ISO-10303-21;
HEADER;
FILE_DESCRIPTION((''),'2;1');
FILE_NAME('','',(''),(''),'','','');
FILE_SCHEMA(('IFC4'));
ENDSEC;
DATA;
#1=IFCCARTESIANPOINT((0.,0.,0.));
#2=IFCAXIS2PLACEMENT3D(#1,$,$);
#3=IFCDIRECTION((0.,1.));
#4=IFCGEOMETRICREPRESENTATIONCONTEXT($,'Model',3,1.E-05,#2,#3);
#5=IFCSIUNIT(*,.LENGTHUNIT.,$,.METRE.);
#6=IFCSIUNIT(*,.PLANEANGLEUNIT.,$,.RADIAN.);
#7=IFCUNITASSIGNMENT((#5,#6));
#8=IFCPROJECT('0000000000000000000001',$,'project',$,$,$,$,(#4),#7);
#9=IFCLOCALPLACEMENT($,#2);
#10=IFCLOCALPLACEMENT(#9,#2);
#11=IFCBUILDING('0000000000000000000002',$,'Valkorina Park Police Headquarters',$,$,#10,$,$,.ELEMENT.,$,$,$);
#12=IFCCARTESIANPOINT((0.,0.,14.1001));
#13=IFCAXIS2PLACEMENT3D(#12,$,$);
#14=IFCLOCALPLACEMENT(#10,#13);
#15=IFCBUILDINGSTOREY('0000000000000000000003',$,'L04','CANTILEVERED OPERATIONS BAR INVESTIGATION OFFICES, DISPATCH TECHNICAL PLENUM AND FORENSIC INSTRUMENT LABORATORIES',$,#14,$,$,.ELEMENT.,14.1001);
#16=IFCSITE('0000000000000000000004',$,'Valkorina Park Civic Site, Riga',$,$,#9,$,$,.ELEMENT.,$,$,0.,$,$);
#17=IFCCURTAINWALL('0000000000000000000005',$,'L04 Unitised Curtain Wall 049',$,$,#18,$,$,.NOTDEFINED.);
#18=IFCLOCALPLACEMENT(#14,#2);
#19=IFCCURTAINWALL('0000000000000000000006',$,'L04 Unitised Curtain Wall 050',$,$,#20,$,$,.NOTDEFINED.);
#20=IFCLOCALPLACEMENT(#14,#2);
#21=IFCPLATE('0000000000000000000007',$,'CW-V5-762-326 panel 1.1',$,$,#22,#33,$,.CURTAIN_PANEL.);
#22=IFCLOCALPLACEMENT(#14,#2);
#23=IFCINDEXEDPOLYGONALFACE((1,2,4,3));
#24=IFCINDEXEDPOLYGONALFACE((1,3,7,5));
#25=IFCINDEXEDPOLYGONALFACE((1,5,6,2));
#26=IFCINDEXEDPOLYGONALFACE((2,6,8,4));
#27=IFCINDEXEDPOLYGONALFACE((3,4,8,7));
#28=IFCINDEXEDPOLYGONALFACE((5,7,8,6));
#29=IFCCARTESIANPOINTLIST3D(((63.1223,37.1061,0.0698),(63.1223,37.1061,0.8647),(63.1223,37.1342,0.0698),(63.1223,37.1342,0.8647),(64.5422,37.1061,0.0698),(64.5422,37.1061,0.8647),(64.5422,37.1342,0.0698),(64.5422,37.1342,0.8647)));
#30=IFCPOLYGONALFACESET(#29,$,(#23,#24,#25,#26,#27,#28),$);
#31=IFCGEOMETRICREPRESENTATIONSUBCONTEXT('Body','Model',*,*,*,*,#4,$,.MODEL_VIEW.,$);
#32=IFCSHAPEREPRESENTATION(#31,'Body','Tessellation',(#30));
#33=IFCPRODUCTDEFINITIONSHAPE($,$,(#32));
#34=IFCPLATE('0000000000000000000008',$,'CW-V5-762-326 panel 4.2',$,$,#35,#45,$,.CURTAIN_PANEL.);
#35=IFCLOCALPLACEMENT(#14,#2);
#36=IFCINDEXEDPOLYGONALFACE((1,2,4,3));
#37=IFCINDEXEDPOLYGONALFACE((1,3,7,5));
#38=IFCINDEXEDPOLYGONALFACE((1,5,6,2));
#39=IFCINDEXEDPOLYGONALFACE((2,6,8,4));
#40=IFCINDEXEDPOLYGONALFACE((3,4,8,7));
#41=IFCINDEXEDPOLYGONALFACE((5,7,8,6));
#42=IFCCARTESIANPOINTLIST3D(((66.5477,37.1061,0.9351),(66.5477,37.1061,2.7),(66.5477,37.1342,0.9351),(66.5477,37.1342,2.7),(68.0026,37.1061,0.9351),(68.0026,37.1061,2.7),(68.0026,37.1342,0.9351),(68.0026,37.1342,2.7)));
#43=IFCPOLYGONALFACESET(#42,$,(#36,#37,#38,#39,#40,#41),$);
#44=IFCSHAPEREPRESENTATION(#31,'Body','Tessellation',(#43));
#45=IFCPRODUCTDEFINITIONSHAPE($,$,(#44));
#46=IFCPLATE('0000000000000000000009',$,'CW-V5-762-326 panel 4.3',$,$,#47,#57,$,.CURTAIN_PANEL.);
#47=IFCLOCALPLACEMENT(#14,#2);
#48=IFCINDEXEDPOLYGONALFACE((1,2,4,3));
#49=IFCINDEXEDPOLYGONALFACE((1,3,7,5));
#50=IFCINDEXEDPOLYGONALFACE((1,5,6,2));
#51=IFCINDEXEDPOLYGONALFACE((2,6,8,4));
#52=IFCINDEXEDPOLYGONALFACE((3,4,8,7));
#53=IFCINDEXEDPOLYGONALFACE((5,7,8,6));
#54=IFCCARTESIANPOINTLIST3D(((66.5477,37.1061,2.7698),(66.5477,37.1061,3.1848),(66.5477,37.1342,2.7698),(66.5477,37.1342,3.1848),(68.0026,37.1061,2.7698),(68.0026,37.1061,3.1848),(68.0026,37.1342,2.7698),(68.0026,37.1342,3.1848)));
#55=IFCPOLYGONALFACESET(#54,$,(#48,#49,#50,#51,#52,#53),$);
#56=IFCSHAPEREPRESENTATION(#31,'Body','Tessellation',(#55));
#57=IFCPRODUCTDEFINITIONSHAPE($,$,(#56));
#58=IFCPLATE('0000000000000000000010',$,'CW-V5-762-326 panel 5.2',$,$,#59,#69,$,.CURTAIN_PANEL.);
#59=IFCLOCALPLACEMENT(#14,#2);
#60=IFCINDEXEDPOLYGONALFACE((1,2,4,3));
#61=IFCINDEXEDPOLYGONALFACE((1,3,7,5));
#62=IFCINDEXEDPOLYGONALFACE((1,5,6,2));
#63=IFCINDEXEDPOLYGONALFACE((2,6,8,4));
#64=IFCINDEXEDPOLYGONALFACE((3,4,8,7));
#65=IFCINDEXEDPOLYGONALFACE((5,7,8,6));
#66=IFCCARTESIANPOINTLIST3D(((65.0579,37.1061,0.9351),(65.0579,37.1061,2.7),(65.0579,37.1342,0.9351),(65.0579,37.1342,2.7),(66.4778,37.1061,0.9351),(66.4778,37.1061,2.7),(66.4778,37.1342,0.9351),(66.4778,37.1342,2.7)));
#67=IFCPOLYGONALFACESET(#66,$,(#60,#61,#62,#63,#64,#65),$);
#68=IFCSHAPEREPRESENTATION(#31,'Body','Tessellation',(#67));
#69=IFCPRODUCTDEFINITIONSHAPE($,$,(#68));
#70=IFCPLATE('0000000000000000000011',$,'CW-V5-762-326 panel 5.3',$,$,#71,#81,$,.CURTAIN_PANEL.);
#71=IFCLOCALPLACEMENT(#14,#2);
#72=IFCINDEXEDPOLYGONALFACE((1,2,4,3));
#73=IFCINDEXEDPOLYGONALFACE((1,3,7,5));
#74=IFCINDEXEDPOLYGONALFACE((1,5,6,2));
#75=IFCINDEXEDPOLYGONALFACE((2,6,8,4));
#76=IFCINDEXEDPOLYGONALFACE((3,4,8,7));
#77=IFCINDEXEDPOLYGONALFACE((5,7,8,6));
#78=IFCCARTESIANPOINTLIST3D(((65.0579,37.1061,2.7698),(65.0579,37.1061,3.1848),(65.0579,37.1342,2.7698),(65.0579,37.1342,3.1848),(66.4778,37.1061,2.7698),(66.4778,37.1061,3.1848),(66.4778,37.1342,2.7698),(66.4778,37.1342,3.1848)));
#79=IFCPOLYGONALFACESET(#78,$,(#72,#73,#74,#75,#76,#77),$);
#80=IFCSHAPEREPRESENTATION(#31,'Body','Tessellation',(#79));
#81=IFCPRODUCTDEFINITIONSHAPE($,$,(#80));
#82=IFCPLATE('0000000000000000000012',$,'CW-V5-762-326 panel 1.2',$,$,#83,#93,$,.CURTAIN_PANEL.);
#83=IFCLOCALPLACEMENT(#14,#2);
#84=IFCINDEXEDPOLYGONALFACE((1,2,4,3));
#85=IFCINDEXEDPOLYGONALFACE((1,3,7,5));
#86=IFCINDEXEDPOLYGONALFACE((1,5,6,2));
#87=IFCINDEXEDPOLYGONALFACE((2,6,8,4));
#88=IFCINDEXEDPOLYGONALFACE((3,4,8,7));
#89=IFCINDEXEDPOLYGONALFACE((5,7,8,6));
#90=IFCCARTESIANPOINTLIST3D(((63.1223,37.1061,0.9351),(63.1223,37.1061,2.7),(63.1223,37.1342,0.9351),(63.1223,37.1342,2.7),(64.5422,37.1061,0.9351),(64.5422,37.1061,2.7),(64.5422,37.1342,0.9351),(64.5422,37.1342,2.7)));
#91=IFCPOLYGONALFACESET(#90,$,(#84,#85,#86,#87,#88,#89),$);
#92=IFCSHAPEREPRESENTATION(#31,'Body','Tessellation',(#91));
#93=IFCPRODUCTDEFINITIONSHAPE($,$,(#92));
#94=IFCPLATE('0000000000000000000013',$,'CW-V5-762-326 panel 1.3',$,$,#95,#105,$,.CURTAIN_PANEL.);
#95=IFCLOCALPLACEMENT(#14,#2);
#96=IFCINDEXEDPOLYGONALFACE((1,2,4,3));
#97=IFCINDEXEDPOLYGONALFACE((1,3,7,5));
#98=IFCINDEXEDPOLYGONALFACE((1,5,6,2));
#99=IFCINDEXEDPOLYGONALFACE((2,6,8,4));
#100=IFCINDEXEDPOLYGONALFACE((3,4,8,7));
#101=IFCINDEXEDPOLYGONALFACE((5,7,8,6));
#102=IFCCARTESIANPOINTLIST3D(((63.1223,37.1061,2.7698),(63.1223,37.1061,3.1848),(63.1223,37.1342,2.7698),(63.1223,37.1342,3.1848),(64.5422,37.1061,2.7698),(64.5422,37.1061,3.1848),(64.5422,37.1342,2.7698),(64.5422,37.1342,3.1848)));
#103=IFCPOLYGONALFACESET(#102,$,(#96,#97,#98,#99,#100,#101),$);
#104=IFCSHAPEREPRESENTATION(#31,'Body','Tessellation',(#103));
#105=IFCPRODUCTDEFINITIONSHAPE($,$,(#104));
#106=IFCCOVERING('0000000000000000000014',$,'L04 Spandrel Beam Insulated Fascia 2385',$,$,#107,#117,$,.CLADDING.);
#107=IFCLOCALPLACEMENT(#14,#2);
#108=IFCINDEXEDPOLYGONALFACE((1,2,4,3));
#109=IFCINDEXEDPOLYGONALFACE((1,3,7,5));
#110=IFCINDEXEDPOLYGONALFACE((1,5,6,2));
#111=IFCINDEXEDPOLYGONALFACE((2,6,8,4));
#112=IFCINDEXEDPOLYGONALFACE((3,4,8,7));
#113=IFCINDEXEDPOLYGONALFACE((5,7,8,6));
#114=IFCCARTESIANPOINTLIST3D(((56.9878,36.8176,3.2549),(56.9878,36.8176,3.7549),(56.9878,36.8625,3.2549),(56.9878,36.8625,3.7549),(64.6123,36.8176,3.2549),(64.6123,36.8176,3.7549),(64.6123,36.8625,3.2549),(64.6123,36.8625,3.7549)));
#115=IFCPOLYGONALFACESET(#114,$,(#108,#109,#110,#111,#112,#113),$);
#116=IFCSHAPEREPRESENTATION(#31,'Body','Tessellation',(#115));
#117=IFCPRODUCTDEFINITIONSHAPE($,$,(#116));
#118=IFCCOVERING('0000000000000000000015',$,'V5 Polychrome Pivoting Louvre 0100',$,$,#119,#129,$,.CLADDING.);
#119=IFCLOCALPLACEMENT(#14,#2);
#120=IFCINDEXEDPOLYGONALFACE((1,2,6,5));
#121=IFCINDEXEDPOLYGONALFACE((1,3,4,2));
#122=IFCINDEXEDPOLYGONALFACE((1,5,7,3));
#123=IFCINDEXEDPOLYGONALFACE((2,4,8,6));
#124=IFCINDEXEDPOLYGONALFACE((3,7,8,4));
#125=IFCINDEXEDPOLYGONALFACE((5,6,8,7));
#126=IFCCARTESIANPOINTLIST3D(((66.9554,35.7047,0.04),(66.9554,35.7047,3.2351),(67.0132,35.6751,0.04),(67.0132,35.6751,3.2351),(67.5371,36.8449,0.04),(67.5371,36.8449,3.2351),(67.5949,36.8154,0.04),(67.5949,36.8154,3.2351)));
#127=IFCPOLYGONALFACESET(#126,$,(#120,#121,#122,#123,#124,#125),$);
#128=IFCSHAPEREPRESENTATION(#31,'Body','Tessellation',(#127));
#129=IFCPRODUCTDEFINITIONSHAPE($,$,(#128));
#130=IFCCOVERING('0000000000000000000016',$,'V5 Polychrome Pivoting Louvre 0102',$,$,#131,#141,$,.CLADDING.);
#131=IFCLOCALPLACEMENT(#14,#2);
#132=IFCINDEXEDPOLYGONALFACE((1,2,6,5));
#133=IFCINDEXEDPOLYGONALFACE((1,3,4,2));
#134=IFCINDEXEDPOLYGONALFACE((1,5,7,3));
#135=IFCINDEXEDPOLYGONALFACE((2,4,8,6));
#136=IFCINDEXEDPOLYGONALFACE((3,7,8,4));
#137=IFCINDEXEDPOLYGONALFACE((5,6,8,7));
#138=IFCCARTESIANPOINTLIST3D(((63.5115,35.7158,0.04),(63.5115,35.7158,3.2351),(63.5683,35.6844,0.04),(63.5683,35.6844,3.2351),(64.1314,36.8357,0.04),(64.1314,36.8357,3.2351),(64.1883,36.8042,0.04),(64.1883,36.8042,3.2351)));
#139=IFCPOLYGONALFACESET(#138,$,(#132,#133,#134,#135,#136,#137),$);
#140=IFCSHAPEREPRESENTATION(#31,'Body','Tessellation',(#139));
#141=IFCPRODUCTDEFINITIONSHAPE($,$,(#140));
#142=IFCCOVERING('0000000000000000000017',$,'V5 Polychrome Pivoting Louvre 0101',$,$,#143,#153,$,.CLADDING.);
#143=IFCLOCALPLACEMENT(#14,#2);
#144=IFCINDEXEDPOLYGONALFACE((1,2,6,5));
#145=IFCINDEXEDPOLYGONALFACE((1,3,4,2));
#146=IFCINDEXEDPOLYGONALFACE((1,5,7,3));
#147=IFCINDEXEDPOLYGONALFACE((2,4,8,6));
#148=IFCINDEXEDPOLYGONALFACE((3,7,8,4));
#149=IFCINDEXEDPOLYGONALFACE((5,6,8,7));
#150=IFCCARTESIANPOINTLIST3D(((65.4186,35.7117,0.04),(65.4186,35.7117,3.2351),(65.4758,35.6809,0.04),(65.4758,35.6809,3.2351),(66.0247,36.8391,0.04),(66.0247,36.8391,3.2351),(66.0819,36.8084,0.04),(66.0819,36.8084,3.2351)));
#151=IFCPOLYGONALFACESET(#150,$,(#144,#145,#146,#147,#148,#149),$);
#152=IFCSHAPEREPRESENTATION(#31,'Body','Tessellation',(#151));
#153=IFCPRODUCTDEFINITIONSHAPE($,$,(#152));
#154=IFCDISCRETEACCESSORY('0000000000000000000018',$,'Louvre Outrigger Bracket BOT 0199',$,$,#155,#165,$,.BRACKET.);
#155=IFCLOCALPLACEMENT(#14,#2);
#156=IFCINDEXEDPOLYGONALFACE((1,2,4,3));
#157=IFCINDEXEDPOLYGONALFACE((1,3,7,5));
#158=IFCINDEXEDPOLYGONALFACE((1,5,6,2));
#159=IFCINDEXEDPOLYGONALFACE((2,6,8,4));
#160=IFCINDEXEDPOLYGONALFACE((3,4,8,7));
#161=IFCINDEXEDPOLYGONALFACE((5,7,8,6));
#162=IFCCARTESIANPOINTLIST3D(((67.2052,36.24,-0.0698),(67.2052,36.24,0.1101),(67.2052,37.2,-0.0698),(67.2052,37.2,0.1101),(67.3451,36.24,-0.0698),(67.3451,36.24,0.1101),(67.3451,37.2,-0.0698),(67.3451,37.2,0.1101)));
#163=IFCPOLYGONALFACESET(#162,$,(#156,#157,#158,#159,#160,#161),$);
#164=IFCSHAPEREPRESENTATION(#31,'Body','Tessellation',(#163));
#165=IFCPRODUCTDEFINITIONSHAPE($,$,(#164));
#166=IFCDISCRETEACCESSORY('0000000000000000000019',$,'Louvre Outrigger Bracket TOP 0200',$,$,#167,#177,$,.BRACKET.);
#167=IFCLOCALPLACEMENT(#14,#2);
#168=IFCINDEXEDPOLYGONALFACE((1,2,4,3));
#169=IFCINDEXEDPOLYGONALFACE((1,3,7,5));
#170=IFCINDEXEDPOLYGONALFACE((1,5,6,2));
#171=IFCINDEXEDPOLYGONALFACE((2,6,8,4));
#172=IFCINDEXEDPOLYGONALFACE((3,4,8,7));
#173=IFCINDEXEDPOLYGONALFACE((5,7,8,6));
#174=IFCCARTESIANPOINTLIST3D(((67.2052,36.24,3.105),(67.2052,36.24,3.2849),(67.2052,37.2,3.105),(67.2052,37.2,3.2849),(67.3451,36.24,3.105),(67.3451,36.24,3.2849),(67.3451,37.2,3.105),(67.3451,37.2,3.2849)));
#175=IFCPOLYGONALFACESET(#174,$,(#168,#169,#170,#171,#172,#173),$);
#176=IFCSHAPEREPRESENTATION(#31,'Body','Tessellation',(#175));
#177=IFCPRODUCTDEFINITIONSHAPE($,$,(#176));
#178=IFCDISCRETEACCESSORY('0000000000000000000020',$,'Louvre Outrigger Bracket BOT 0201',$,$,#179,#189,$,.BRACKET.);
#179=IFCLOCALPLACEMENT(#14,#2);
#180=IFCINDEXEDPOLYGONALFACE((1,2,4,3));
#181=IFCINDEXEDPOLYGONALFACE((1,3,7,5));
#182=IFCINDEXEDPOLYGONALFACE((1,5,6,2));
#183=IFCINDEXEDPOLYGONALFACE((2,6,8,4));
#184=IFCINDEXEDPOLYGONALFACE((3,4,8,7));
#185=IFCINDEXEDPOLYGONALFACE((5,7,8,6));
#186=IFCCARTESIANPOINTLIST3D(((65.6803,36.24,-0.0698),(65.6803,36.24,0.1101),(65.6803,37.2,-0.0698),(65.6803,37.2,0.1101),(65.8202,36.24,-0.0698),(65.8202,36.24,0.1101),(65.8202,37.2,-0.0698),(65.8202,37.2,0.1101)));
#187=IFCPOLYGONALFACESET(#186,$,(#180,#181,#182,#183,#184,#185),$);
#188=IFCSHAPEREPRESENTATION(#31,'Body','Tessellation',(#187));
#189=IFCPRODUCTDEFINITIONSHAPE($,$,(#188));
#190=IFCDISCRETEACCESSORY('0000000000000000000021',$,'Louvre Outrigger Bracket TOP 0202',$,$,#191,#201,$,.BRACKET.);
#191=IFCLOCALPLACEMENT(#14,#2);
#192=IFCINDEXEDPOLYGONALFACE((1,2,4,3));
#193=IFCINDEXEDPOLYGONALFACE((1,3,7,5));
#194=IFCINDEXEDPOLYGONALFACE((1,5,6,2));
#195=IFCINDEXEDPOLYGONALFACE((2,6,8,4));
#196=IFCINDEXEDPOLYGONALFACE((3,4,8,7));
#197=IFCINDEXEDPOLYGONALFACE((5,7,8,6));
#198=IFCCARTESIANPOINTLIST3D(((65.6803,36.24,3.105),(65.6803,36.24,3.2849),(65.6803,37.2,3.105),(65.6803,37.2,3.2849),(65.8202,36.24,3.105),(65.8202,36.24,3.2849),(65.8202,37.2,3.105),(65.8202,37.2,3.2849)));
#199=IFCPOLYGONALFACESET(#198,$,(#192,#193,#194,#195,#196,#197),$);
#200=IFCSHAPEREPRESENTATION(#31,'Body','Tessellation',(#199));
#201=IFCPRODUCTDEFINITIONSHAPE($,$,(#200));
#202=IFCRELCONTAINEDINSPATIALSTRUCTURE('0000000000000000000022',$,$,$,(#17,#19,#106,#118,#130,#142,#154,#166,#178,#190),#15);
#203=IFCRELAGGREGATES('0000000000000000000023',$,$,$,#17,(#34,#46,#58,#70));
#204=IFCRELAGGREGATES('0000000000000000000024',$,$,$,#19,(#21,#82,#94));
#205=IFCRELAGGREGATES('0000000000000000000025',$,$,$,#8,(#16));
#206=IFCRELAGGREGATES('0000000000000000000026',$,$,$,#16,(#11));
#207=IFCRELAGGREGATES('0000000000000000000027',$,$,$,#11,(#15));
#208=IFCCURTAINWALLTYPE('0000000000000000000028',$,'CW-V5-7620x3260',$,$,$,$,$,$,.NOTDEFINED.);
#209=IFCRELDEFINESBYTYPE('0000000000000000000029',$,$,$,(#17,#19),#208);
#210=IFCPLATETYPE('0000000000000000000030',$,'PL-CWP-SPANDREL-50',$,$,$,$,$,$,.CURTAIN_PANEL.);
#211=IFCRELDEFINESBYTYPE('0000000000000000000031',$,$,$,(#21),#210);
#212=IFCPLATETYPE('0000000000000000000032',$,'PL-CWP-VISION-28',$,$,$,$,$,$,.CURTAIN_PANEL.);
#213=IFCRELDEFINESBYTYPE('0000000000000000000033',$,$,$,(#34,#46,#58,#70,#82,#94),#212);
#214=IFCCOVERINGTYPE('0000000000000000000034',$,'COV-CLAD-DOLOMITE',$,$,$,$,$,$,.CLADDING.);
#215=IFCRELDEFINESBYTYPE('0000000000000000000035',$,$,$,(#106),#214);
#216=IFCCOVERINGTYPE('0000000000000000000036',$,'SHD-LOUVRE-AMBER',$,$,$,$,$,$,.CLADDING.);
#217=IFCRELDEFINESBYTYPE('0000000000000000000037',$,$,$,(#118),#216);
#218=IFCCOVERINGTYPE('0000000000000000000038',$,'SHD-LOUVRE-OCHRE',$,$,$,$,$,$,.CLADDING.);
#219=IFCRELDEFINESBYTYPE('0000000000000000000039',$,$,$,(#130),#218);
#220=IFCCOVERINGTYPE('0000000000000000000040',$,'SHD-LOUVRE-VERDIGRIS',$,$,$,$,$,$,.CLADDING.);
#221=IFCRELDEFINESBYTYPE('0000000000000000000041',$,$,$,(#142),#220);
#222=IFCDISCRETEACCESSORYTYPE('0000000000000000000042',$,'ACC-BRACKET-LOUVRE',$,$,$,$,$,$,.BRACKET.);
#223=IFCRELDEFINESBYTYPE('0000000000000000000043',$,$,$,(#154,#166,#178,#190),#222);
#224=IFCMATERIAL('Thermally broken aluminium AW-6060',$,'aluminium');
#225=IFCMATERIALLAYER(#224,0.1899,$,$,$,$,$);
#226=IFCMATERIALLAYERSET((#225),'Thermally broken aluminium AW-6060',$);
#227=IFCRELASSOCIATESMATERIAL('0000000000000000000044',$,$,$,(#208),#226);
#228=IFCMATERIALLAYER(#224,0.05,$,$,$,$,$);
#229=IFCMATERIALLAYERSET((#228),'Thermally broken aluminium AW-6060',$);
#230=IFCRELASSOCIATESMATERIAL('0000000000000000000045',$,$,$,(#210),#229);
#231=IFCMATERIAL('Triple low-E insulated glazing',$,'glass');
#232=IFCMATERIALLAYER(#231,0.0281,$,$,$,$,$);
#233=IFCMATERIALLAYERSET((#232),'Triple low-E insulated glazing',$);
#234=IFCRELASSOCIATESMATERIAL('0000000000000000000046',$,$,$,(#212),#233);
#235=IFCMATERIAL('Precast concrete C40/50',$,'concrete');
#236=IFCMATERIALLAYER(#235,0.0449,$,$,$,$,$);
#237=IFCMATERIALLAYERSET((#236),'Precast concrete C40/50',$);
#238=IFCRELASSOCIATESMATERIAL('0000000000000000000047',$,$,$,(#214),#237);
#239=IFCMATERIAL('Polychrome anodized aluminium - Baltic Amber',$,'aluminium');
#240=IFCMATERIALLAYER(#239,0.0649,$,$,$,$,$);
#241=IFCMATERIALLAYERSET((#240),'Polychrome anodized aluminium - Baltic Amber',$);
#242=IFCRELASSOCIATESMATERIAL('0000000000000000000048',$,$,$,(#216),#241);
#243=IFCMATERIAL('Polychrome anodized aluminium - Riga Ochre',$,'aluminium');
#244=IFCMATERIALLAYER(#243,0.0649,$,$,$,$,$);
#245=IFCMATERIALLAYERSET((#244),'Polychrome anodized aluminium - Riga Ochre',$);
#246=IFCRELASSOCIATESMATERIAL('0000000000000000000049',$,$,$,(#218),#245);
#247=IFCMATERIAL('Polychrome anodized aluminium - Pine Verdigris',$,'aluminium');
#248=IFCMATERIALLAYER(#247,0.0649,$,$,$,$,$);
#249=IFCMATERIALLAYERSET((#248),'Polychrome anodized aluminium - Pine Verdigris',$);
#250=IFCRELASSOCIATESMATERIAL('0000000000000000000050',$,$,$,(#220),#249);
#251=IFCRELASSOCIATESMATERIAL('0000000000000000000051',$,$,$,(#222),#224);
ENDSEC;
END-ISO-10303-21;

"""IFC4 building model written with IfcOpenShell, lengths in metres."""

from ifc_helpers import new_model, si_unit, direction, frame, frame_2d, origin, origin_2d, place, context, subcontext, project, spatial, rectangle, extrude, material, layer, layer_set, type_object, element, aggregate, save


model = new_model("IFC4")

# Units and contexts
model_context = context("Model", 3, precision=1e-05, world=origin(), true_north=direction((0.0, 1.0)))
body_context = subcontext(model_context, "Body", "Model", "MODEL_VIEW")
ifc_project = project(units=[si_unit("LENGTHUNIT", "METRE"), si_unit("PLANEANGLEUNIT", "RADIAN")], contexts=[model_context])

# Site, building, storey
site_placement = place(None, origin())
site = spatial("IfcSite", under=ifc_project, at=site_placement, Name="Valkorina Park Civic Site, Riga", CompositionType="ELEMENT", RefElevation=0.0)
building_placement = place(site_placement, origin())
building = spatial("IfcBuilding", under=site, at=building_placement, Name="Valkorina Park Police Headquarters", CompositionType="ELEMENT")
storey_placement = place(building_placement, frame((0.0, 0.0, 14.1001)))
storey = spatial("IfcBuildingStorey", under=building, at=storey_placement, Name="L04", Description="CANTILEVERED OPERATIONS BAR INVESTIGATION OFFICES, DISPATCH TECHNICAL PLENUM AND FORENSIC INSTRUMENT LABORATORIES", CompositionType="ELEMENT", Elevation=14.1001)

# Curtain walls
ifc_material_1 = material(Name="Thermally broken aluminium AW-6060", Category="aluminium")
ifc_layer_1 = layer(ifc_material_1, 0.1899)
ifc_layer_set_1 = layer_set([ifc_layer_1], Name="Thermally broken aluminium AW-6060")
curtain_wall_type = type_object("IfcCurtainWallType", Name="CW-V5-7620x3260", PredefinedType="NOTDEFINED", material=ifc_layer_set_1)
curtain_wall_1_placement = place(storey_placement, origin())
curtain_wall_1 = element("IfcCurtainWall", 1, at=curtain_wall_1_placement, inside=storey, type_object=curtain_wall_type, Name="L04 Unitised Curtain Wall 049", PredefinedType="NOTDEFINED")
curtain_wall_2_placement = place(storey_placement, origin())
curtain_wall_2 = element("IfcCurtainWall", 2, at=curtain_wall_2_placement, inside=storey, type_object=curtain_wall_type, Name="L04 Unitised Curtain Wall 050", PredefinedType="NOTDEFINED")

# Plates
ifc_layer_2 = layer(ifc_material_1, 0.05)
ifc_layer_set_2 = layer_set([ifc_layer_2], Name="Thermally broken aluminium AW-6060")
plate_type_1 = type_object("IfcPlateType", Name="PL-CWP-SPANDREL-50", PredefinedType="CURTAIN_PANEL", material=ifc_layer_set_2)
plate_1_placement = place(storey_placement, frame((63.8323, 37.1201, 0.0698), z_axis=(0.0, 0.0, 1.0), x_axis=(-1.0, 0.0, 0.0)))
plate_1 = element("IfcPlate", 3, at=plate_1_placement, type_object=plate_type_1, Name="CW-V5-762-326 panel 1.1", PredefinedType="CURTAIN_PANEL", context=body_context, shape_type="SweptSolid", body=[
    extrude(rectangle(XDim=1.4199, YDim=0.0281, at=origin_2d()), origin(), (0.0, 0.0, 1.0), 0.7949),
])
ifc_material_2 = material(Name="Triple low-E insulated glazing", Category="glass")
ifc_layer_3 = layer(ifc_material_2, 0.0281)
ifc_layer_set_3 = layer_set([ifc_layer_3], Name="Triple low-E insulated glazing")
plate_type_2 = type_object("IfcPlateType", Name="PL-CWP-VISION-28", PredefinedType="CURTAIN_PANEL", material=ifc_layer_set_3)
plate_2_placement = place(storey_placement, frame((67.2751, 37.1201, 0.9351), z_axis=(0.0, 0.0, 1.0), x_axis=(-1.0, 0.0, 0.0)))
plate_2 = element("IfcPlate", 4, at=plate_2_placement, type_object=plate_type_2, Name="CW-V5-762-326 panel 4.2", PredefinedType="CURTAIN_PANEL", context=body_context, shape_type="SweptSolid", body=[
    extrude(rectangle(XDim=1.4548, YDim=0.0281, at=origin_2d()), origin(), (0.0, 0.0, 1.0), 1.7649),
])
plate_3_placement = place(storey_placement, frame((67.2751, 37.1201, 2.7698), z_axis=(0.0, 0.0, 1.0), x_axis=(-1.0, 0.0, 0.0)))
plate_3 = element("IfcPlate", 5, at=plate_3_placement, type_object=plate_type_2, Name="CW-V5-762-326 panel 4.3", PredefinedType="CURTAIN_PANEL", context=body_context, shape_type="SweptSolid", body=[
    extrude(rectangle(XDim=1.4548, YDim=0.0281, at=origin_2d()), origin(), (0.0, 0.0, 1.0), 0.415),
])
plate_4_placement = place(storey_placement, frame((65.7678, 37.1201, 0.9351), z_axis=(0.0, 0.0, 1.0), x_axis=(-1.0, 0.0, 0.0)))
plate_4 = element("IfcPlate", 6, at=plate_4_placement, type_object=plate_type_2, Name="CW-V5-762-326 panel 5.2", PredefinedType="CURTAIN_PANEL", context=body_context, shape_type="SweptSolid", body=[
    extrude(rectangle(XDim=1.4199, YDim=0.0281, at=origin_2d()), origin(), (0.0, 0.0, 1.0), 1.7649),
])
plate_5_placement = place(storey_placement, frame((65.7678, 37.1201, 2.7698), z_axis=(0.0, 0.0, 1.0), x_axis=(-1.0, 0.0, 0.0)))
plate_5 = element("IfcPlate", 7, at=plate_5_placement, type_object=plate_type_2, Name="CW-V5-762-326 panel 5.3", PredefinedType="CURTAIN_PANEL", context=body_context, shape_type="SweptSolid", body=[
    extrude(rectangle(XDim=1.4199, YDim=0.0281, at=origin_2d()), origin(), (0.0, 0.0, 1.0), 0.415),
])
aggregate(curtain_wall_1, [plate_2, plate_3, plate_4, plate_5])
plate_6_placement = place(storey_placement, frame((63.8323, 37.1201, 0.9351), z_axis=(0.0, 0.0, 1.0), x_axis=(-1.0, 0.0, 0.0)))
plate_6 = element("IfcPlate", 8, at=plate_6_placement, type_object=plate_type_2, Name="CW-V5-762-326 panel 1.2", PredefinedType="CURTAIN_PANEL", context=body_context, shape_type="SweptSolid", body=[
    extrude(rectangle(XDim=1.4199, YDim=0.0281, at=origin_2d()), origin(), (0.0, 0.0, 1.0), 1.7649),
])
plate_7_placement = place(storey_placement, frame((63.8323, 37.1201, 2.7698), z_axis=(0.0, 0.0, 1.0), x_axis=(-1.0, 0.0, 0.0)))
plate_7 = element("IfcPlate", 9, at=plate_7_placement, type_object=plate_type_2, Name="CW-V5-762-326 panel 1.3", PredefinedType="CURTAIN_PANEL", context=body_context, shape_type="SweptSolid", body=[
    extrude(rectangle(XDim=1.4199, YDim=0.0281, at=origin_2d()), origin(), (0.0, 0.0, 1.0), 0.415),
])
aggregate(curtain_wall_2, [plate_1, plate_6, plate_7])

# Coverings
ifc_material_3 = material(Name="Precast concrete C40/50", Category="concrete")
ifc_layer_4 = layer(ifc_material_3, 0.0449)
ifc_layer_set_4 = layer_set([ifc_layer_4], Name="Precast concrete C40/50")
covering_type_1 = type_object("IfcCoveringType", Name="COV-CLAD-DOLOMITE", PredefinedType="CLADDING", material=ifc_layer_set_4)
covering_1_placement = place(storey_placement, frame((64.6123, 36.8401, 3.2549), z_axis=(0.0, 0.0, 1.0), x_axis=(-1.0, 0.0, 0.0)))
element("IfcCovering", 10, at=covering_1_placement, inside=storey, type_object=covering_type_1, Name="L04 Spandrel Beam Insulated Fascia 2385", PredefinedType="CLADDING", context=body_context, shape_type="SweptSolid", body=[
    extrude(rectangle(XDim=7.6245, YDim=0.0449, at=frame_2d((3.8123, 0.0))), origin(), (0.0, 0.0, 1.0), 0.5),
])
ifc_material_4 = material(Name="Polychrome anodized aluminium - Baltic Amber", Category="aluminium")
ifc_layer_5 = layer(ifc_material_4, 0.0649)
ifc_layer_set_5 = layer_set([ifc_layer_5], Name="Polychrome anodized aluminium - Baltic Amber")
covering_type_2 = type_object("IfcCoveringType", Name="SHD-LOUVRE-AMBER", PredefinedType="CLADDING", material=ifc_layer_set_5)
covering_2_placement = place(storey_placement, frame((67.2751, 36.26, 0.04), z_axis=(0.0, 0.0, 1.0), x_axis=(-0.454457, -0.890769, 0.0)))
element("IfcCovering", 11, at=covering_2_placement, inside=storey, type_object=covering_type_2, Name="V5 Polychrome Pivoting Louvre 0100", PredefinedType="CLADDING", context=body_context, shape_type="SweptSolid", body=[
    extrude(rectangle(XDim=1.28, YDim=0.0649, at=origin_2d()), origin(), (0.0, 0.0, 1.0), 3.1951),
])
ifc_material_5 = material(Name="Polychrome anodized aluminium - Riga Ochre", Category="aluminium")
ifc_layer_6 = layer(ifc_material_5, 0.0649)
ifc_layer_set_6 = layer_set([ifc_layer_6], Name="Polychrome anodized aluminium - Riga Ochre")
covering_type_3 = type_object("IfcCoveringType", Name="SHD-LOUVRE-OCHRE", PredefinedType="CLADDING", material=ifc_layer_set_6)
covering_3_placement = place(storey_placement, frame((63.8499, 36.26, 0.04), z_axis=(0.0, 0.0, 1.0), x_axis=(-0.484352, -0.874873, 0.0)))
element("IfcCovering", 12, at=covering_3_placement, inside=storey, type_object=covering_type_3, Name="V5 Polychrome Pivoting Louvre 0102", PredefinedType="CLADDING", context=body_context, shape_type="SweptSolid", body=[
    extrude(rectangle(XDim=1.28, YDim=0.0649, at=origin_2d()), origin(), (0.0, 0.0, 1.0), 3.1951),
])
ifc_material_6 = material(Name="Polychrome anodized aluminium - Pine Verdigris", Category="aluminium")
ifc_layer_7 = layer(ifc_material_6, 0.0649)
ifc_layer_set_7 = layer_set([ifc_layer_7], Name="Polychrome anodized aluminium - Pine Verdigris")
covering_type_4 = type_object("IfcCoveringType", Name="SHD-LOUVRE-VERDIGRIS", PredefinedType="CLADDING", material=ifc_layer_set_7)
covering_4_placement = place(storey_placement, frame((65.7502, 36.26, 0.04), z_axis=(0.0, 0.0, 1.0), x_axis=(-0.473473, -0.880808, 0.0)))
element("IfcCovering", 13, at=covering_4_placement, inside=storey, type_object=covering_type_4, Name="V5 Polychrome Pivoting Louvre 0101", PredefinedType="CLADDING", context=body_context, shape_type="SweptSolid", body=[
    extrude(rectangle(XDim=1.28, YDim=0.0649, at=origin_2d()), origin(), (0.0, 0.0, 1.0), 3.1951),
])

# Discrete accessories
discrete_accessory_type = type_object("IfcDiscreteAccessoryType", Name="ACC-BRACKET-LOUVRE", PredefinedType="BRACKET", material=ifc_material_1)
for number, where, z_axis, x_axis, name in (
    (14, (67.2751, 36.72, -0.0698), (0.0, 0.0, 1.0), (0.0, -1.0, 0.0), "Louvre Outrigger Bracket BOT 0199"),
    (15, (67.2751, 36.72, 3.105), (0.0, 0.0, 1.0), (0.0, -1.0, 0.0), "Louvre Outrigger Bracket TOP 0200"),
    (16, (65.7502, 36.72, -0.0698), (0.0, 0.0, 1.0), (0.0, -1.0, 0.0), "Louvre Outrigger Bracket BOT 0201"),
    (17, (65.7502, 36.72, 3.105), (0.0, 0.0, 1.0), (0.0, -1.0, 0.0), "Louvre Outrigger Bracket TOP 0202"),
):
    element("IfcDiscreteAccessory", number, at=place(storey_placement, frame(where, z_axis=z_axis, x_axis=x_axis)), inside=storey, type_object=discrete_accessory_type, Name=name, PredefinedType="BRACKET", context=body_context, shape_type="SweptSolid", body=[
        extrude(rectangle(XDim=0.96, YDim=0.1399, at=origin_2d()), origin(), (0.0, 0.0, 1.0), 0.1799),
    ])

save(model, "model.ifc")
